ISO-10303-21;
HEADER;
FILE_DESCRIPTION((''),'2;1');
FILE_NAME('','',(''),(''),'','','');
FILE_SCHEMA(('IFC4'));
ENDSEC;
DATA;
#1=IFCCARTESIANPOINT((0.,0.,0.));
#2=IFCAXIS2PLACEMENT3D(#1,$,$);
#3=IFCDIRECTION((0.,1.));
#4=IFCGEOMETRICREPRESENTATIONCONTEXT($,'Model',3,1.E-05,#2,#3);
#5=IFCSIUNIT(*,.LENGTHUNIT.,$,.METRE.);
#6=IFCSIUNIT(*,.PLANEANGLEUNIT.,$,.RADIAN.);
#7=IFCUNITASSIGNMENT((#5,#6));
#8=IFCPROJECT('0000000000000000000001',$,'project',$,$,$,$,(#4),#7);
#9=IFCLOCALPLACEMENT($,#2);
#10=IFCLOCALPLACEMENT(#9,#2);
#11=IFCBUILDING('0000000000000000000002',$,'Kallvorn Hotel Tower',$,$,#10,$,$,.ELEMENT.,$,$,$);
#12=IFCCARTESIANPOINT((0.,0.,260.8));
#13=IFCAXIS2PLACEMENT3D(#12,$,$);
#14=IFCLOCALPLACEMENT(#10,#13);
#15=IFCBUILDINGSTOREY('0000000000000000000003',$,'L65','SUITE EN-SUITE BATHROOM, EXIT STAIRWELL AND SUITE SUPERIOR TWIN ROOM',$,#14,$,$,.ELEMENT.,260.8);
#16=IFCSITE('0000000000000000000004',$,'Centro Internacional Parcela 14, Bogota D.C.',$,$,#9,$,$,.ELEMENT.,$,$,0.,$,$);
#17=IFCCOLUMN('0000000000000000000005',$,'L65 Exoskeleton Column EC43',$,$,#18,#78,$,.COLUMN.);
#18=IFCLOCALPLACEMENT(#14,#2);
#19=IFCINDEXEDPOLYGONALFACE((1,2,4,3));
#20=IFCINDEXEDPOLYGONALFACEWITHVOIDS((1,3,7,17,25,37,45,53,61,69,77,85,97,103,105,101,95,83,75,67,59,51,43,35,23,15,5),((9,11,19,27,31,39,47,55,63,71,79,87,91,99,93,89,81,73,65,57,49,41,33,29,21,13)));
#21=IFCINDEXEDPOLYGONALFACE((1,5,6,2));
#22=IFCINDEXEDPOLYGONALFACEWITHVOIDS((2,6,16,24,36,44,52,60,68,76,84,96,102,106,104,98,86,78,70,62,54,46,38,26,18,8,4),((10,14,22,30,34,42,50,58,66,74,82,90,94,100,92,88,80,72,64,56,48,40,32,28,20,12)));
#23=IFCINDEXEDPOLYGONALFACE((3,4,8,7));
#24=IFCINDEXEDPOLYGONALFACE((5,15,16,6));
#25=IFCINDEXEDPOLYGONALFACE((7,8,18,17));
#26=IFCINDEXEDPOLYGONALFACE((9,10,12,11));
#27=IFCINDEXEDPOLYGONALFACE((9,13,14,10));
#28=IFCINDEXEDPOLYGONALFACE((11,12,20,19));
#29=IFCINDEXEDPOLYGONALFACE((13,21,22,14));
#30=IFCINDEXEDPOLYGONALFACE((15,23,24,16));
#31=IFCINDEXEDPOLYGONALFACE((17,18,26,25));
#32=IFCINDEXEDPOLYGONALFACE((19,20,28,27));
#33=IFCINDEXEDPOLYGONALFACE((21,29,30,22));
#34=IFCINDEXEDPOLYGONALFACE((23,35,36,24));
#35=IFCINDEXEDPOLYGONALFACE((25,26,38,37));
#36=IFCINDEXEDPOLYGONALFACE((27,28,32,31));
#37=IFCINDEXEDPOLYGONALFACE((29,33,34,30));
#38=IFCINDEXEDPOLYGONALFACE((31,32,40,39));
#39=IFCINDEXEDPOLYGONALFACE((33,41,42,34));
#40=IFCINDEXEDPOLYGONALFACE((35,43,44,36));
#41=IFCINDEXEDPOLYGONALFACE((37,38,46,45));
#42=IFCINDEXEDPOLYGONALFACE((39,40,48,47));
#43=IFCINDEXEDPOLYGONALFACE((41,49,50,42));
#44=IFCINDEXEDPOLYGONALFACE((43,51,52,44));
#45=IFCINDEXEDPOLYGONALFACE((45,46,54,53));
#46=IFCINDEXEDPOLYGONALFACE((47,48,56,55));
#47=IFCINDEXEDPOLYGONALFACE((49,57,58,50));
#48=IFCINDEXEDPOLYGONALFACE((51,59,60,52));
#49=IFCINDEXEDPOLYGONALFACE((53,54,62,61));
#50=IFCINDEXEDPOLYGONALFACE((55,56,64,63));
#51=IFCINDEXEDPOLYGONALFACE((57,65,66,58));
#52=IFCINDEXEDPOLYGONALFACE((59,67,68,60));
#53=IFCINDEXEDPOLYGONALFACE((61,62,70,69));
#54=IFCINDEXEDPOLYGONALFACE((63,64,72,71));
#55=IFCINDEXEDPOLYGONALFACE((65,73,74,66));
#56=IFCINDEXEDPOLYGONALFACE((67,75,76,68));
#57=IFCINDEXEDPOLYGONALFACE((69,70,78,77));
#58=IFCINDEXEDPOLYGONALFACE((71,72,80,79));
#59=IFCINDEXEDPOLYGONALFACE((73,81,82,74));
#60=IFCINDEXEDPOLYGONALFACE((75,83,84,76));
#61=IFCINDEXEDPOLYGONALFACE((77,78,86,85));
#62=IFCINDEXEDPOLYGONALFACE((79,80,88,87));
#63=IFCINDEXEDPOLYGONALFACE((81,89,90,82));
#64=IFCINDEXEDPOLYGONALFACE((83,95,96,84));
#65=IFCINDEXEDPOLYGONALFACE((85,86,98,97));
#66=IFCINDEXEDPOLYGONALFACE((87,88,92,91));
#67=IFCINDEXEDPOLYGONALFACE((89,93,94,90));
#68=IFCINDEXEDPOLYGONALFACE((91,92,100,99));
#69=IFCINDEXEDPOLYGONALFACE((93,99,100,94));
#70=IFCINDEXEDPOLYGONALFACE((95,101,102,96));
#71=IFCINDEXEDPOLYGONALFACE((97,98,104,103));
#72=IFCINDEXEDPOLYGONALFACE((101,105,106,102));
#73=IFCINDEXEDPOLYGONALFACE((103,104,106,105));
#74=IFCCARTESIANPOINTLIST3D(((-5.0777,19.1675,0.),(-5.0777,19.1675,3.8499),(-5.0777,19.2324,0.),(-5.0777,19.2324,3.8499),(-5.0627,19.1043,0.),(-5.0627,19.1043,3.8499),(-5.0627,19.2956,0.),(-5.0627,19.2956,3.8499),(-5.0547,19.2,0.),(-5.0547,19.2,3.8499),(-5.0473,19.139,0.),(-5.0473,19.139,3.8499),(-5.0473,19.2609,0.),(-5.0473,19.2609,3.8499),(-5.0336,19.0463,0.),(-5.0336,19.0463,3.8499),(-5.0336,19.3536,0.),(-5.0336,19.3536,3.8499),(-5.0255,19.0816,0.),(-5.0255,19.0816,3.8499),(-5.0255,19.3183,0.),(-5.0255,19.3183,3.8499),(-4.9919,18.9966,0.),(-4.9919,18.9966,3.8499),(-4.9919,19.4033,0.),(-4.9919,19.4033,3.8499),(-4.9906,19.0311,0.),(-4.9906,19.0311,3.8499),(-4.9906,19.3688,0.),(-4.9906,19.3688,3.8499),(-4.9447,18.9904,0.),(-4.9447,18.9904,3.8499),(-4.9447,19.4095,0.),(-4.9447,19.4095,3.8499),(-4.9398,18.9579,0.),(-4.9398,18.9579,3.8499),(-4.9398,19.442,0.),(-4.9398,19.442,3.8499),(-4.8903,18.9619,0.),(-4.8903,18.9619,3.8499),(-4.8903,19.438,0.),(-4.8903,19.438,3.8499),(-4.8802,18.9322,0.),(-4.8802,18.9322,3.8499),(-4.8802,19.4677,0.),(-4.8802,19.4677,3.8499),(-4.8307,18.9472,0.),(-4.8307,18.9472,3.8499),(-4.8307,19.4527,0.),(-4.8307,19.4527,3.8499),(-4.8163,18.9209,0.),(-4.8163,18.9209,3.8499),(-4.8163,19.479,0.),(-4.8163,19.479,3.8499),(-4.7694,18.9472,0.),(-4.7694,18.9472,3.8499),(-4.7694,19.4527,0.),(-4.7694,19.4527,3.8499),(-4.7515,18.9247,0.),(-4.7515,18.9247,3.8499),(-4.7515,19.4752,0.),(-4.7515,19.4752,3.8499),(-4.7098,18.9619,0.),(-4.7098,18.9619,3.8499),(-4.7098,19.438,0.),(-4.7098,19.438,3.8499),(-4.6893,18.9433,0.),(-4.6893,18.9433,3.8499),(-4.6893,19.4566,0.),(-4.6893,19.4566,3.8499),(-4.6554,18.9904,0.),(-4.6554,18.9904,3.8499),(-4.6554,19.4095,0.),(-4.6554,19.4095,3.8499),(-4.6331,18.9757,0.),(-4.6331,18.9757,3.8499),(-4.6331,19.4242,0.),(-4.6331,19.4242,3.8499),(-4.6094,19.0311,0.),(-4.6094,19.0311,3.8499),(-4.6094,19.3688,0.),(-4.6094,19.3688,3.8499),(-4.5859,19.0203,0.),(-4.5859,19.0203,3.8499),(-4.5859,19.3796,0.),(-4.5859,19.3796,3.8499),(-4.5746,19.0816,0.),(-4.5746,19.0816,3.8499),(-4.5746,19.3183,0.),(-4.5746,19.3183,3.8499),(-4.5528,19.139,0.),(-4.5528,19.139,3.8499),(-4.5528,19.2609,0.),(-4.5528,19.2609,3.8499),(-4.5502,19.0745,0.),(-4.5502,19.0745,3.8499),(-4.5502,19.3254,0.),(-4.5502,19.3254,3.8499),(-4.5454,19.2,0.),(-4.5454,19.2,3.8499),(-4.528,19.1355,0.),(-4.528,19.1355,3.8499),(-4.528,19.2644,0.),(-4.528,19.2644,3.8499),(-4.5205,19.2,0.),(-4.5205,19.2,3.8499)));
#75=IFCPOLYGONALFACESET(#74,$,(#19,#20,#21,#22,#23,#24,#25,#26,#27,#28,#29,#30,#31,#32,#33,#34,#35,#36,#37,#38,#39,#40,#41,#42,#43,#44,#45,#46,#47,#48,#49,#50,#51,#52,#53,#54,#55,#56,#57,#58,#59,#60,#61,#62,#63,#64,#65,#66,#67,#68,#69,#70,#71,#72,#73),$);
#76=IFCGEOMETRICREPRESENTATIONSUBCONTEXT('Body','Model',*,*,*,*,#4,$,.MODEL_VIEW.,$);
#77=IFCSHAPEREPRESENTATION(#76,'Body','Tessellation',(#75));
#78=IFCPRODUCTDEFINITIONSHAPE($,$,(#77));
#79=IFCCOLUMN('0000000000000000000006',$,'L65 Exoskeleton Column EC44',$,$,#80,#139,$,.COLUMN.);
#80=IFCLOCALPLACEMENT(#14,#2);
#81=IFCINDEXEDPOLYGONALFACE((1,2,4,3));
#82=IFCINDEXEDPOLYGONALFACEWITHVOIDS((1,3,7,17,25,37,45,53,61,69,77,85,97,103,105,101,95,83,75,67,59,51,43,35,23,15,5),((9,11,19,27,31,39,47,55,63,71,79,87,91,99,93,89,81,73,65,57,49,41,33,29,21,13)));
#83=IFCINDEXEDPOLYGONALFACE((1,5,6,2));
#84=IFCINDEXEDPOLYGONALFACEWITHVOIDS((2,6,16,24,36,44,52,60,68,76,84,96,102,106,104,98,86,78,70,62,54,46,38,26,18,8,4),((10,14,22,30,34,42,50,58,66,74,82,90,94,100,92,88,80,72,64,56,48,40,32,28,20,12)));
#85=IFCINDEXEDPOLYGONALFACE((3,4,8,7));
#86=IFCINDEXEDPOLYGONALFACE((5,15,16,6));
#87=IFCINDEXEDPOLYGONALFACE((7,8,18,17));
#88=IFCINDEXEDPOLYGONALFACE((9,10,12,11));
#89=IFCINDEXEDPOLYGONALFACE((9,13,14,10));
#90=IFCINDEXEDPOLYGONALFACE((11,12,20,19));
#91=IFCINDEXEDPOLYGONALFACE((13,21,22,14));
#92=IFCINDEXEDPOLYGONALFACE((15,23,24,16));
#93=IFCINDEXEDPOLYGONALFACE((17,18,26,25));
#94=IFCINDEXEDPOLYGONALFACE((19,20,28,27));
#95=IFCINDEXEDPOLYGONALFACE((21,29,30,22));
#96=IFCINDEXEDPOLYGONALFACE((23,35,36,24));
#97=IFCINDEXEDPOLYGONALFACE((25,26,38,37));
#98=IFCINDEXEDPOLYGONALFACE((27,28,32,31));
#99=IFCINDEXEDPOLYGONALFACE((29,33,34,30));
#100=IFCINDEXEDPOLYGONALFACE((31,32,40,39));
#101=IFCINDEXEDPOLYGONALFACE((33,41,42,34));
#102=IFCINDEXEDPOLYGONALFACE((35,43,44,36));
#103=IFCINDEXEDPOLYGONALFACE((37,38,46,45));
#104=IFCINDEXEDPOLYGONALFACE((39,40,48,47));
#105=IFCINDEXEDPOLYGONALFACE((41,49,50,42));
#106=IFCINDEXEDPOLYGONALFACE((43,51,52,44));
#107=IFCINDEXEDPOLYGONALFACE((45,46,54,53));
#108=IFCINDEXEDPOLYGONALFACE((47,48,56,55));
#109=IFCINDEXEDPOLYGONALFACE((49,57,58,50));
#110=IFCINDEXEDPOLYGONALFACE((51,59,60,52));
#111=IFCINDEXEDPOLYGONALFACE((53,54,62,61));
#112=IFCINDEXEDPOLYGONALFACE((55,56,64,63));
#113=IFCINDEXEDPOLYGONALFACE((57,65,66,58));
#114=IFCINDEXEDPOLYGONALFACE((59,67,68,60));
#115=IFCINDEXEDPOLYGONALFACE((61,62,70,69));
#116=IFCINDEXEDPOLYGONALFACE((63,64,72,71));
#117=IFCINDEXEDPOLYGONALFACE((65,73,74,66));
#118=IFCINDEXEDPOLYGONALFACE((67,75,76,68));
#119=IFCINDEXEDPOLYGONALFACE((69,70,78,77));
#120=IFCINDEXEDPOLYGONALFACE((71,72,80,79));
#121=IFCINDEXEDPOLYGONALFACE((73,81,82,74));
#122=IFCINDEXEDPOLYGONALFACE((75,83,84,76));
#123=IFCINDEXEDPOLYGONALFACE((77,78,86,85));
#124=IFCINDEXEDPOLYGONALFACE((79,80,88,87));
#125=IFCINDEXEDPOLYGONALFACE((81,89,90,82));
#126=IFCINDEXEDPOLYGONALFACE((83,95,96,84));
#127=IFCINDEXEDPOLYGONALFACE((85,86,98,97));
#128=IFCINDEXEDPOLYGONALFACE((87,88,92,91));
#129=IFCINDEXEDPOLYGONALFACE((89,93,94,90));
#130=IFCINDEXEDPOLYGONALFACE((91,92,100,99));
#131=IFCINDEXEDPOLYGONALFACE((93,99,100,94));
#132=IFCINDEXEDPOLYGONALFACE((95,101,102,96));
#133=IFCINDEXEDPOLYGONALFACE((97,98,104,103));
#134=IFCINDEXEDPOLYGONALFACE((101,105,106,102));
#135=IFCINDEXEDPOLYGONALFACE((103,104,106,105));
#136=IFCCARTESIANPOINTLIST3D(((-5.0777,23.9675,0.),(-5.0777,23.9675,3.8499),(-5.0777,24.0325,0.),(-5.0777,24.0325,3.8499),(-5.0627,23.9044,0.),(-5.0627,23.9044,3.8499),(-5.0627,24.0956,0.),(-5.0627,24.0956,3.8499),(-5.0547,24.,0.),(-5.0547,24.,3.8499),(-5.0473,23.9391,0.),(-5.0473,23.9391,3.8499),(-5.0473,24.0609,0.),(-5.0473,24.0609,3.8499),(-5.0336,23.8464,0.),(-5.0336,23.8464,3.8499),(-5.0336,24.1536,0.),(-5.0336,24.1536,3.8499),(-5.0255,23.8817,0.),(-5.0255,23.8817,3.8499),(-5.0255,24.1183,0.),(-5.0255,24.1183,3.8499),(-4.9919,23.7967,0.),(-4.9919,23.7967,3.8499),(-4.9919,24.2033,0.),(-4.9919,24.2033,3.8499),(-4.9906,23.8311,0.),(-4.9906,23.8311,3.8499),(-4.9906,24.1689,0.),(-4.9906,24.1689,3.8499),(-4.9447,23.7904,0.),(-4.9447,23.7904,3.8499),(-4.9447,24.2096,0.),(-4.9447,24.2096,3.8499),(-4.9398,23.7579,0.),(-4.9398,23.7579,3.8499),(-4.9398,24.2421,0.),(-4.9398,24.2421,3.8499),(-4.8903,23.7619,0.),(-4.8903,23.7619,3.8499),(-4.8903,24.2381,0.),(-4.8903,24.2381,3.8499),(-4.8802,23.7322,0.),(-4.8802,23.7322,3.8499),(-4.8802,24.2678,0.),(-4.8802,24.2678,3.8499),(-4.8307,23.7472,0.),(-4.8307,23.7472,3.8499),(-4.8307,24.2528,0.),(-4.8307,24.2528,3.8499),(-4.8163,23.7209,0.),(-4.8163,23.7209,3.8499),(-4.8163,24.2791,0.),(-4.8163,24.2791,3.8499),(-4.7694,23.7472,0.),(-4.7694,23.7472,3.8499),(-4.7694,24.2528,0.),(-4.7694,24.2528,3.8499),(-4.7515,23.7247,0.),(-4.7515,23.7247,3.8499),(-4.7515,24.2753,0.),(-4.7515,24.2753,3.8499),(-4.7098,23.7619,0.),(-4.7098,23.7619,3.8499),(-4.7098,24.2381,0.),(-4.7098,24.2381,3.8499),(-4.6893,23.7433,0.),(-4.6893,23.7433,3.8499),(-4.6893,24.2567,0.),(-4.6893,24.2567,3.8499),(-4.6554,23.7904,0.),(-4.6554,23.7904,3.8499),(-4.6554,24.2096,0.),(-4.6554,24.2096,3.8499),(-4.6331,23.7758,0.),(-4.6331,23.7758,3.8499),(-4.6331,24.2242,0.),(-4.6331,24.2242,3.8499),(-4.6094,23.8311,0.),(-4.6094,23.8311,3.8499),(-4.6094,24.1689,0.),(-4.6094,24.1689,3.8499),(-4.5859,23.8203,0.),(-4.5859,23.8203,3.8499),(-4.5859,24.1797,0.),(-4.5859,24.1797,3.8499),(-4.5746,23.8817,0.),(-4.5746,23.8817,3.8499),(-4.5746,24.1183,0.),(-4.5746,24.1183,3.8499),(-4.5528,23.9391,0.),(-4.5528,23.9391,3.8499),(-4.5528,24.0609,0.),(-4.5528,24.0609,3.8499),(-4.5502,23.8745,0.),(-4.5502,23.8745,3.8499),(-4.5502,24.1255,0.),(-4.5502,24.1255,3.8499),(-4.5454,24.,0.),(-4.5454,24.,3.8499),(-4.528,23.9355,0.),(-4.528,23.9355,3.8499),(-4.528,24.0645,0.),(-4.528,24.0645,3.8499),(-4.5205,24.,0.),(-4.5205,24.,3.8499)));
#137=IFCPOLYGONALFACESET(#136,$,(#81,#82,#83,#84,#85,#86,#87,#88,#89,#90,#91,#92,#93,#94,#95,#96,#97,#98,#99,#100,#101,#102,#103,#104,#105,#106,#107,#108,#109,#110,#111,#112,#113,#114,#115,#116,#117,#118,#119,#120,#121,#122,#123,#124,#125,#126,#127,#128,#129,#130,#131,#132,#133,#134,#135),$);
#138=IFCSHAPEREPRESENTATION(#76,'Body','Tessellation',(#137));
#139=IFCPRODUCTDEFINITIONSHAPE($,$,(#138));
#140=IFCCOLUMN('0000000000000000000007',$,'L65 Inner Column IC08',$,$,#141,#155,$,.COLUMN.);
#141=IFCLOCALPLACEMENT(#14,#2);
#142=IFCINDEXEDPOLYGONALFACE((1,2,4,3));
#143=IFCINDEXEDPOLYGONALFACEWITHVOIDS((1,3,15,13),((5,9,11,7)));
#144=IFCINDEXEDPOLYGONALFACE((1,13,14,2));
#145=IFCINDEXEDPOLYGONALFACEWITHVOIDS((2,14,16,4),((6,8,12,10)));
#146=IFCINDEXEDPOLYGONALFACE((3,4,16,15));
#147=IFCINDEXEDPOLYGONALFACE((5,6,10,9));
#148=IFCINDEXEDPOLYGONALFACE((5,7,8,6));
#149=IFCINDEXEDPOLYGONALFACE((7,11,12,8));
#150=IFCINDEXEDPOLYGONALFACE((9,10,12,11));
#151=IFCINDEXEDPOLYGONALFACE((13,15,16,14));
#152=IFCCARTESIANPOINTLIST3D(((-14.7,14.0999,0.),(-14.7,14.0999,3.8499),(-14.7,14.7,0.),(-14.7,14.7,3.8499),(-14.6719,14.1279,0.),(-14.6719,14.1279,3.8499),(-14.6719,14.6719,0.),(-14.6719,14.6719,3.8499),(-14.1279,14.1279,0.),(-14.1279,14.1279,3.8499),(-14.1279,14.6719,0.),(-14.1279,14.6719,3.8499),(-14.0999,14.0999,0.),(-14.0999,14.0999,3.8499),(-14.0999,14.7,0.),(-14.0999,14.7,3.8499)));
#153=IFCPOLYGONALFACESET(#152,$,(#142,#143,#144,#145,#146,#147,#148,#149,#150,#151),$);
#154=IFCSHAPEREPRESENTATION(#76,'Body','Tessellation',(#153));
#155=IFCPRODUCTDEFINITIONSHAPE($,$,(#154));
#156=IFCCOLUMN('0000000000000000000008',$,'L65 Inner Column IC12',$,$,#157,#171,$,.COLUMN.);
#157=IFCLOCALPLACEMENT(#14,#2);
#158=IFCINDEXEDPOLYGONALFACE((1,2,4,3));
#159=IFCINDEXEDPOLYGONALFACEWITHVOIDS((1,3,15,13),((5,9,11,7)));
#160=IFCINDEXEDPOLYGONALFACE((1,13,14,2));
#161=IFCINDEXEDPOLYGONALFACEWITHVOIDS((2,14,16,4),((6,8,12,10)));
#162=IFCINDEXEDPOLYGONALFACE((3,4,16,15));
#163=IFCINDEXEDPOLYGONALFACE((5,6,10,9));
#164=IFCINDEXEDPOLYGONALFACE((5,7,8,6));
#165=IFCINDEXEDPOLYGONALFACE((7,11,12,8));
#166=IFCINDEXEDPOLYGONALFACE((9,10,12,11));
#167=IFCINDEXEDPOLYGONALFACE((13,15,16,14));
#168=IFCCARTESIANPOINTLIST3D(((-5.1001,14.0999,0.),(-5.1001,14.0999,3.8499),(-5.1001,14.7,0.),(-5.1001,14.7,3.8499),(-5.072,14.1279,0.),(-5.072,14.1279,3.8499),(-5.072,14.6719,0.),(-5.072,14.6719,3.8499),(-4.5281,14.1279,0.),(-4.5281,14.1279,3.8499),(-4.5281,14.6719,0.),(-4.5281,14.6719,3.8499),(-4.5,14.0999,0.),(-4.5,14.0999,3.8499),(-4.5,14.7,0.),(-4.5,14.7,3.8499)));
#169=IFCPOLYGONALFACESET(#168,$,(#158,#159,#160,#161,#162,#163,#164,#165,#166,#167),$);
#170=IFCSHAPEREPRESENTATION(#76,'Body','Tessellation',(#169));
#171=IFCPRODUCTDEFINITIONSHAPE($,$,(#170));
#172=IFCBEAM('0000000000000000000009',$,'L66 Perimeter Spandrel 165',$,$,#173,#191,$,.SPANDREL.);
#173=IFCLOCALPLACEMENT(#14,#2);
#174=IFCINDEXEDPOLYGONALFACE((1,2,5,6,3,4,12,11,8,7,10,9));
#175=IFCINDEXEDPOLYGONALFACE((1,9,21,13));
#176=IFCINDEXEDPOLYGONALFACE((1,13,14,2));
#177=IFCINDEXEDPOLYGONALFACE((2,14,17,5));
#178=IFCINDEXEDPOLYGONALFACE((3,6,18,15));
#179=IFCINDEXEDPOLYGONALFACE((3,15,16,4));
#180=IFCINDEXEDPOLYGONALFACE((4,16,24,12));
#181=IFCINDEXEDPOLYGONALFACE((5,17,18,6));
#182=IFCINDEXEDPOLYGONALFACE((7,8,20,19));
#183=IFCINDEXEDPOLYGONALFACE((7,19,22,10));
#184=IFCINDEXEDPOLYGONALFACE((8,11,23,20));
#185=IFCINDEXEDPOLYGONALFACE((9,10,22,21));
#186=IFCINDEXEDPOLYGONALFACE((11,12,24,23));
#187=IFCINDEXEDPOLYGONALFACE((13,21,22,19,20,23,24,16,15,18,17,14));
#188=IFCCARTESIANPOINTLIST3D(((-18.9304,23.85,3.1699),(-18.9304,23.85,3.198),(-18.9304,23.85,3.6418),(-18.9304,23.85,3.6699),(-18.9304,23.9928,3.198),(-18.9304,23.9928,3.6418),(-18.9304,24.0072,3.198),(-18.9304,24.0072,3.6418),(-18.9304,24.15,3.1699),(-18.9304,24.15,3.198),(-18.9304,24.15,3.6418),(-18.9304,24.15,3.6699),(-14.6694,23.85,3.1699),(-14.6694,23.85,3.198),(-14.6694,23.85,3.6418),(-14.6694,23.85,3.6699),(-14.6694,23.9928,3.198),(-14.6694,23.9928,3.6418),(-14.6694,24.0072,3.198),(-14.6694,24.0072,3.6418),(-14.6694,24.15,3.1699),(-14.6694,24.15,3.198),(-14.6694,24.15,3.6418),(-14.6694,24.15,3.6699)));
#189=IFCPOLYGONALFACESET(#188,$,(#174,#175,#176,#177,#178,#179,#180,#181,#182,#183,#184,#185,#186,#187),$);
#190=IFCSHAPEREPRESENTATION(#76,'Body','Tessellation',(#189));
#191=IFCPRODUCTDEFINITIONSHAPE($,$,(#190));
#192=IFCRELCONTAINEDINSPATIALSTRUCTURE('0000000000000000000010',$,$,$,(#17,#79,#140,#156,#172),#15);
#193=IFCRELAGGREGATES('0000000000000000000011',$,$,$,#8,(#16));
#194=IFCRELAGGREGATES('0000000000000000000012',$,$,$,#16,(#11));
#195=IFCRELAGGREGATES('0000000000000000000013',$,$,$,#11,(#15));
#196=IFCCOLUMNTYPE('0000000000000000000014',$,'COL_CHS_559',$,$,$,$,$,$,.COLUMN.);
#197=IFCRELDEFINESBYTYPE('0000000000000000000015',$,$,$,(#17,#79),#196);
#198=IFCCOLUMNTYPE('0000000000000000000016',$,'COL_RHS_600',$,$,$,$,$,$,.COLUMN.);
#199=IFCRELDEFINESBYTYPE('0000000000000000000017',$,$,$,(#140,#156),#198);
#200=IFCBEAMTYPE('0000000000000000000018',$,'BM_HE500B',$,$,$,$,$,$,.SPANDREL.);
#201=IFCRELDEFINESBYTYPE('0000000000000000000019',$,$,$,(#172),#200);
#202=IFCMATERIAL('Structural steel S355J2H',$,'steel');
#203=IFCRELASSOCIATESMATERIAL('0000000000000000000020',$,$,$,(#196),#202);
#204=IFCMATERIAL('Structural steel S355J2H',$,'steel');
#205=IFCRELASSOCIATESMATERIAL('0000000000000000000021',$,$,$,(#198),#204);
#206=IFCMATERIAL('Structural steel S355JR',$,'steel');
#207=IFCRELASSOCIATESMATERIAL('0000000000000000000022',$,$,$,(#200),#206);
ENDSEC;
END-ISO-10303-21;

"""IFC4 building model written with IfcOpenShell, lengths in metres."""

from ifc_helpers import new_model, si_unit, direction, frame, origin, origin_2d, place, context, subcontext, project, spatial, hollow_rectangle, hollow_circle, i_section, extrude, material, material_profile, profile_set, type_object, element, save


model = new_model("IFC4")

# Units and contexts
model_context = context("Model", 3, precision=1e-05, world=origin(), true_north=direction((0.0, 1.0)))
body_context = subcontext(model_context, "Body", "Model", "MODEL_VIEW")
ifc_project = project(units=[si_unit("LENGTHUNIT", "METRE"), si_unit("PLANEANGLEUNIT", "RADIAN")], contexts=[model_context])

# Site, building, storey
site_placement = place(None, origin())
site = spatial("IfcSite", under=ifc_project, at=site_placement, Name="Centro Internacional Parcela 14, Bogota D.C.", CompositionType="ELEMENT", RefElevation=0.0)
building_placement = place(site_placement, origin())
building = spatial("IfcBuilding", under=site, at=building_placement, Name="Kallvorn Hotel Tower", CompositionType="ELEMENT")
storey_placement = place(building_placement, frame((0.0, 0.0, 260.8)))
storey = spatial("IfcBuildingStorey", under=building, at=storey_placement, Name="L65", Description="SUITE EN-SUITE BATHROOM, EXIT STAIRWELL AND SUITE SUPERIOR TWIN ROOM", CompositionType="ELEMENT", Elevation=260.8)

# Columns
ifc_material_1 = material(Name="Structural steel S355J2H", Category="steel")
ifc_material_profile_1 = material_profile(ifc_material_1, hollow_circle(Radius=0.2795, WallThickness=0.0249, at=origin_2d()), Name="CHS 559x25")
ifc_profile_set_1 = profile_set([ifc_material_profile_1], Name="Structural steel S355J2H")
column_type_1 = type_object("IfcColumnType", Name="COL_CHS_559", PredefinedType="COLUMN", material=ifc_profile_set_1)
for number, where, z_axis, x_axis, name in (
    (1, (-4.8, 19.2, 0.0), (0.0, 0.0, 1.0), (1.0, 0.0, 0.0), "L65 Exoskeleton Column EC43"),
    (2, (-4.8, 24.0, 0.0), (0.0, 0.0, 1.0), (1.0, 0.0, 0.0), "L65 Exoskeleton Column EC44"),
):
    element("IfcColumn", number, at=place(storey_placement, frame(where, z_axis=z_axis, x_axis=x_axis)), inside=storey, type_object=column_type_1, Name=name, PredefinedType="COLUMN", context=body_context, shape_type="SweptSolid", body=[
        extrude(hollow_circle(Radius=0.2795, WallThickness=0.0249, at=origin_2d()), origin(), (0.0, 0.0, 1.0), 3.8499),
    ])
ifc_material_2 = material(Name="Structural steel S355J2H", Category="steel")
ifc_material_profile_2 = material_profile(ifc_material_2, hollow_rectangle(XDim=0.6001, YDim=0.6001, WallThickness=0.0281, at=origin_2d()), Name="RHS 600x600x28")
ifc_profile_set_2 = profile_set([ifc_material_profile_2], Name="Structural steel S355J2H")
column_type_2 = type_object("IfcColumnType", Name="COL_RHS_600", PredefinedType="COLUMN", material=ifc_profile_set_2)
for number, where, z_axis, x_axis, name in (
    (3, (-14.3999, 14.3999, 0.0), (0.0, 0.0, 1.0), (1.0, 0.0, 0.0), "L65 Inner Column IC08"),
    (4, (-4.8, 14.3999, 0.0), (0.0, 0.0, 1.0), (1.0, 0.0, 0.0), "L65 Inner Column IC12"),
):
    element("IfcColumn", number, at=place(storey_placement, frame(where, z_axis=z_axis, x_axis=x_axis)), inside=storey, type_object=column_type_2, Name=name, PredefinedType="COLUMN", context=body_context, shape_type="SweptSolid", body=[
        extrude(hollow_rectangle(XDim=0.6001, YDim=0.6001, WallThickness=0.0281, at=origin_2d()), origin(), (0.0, 0.0, 1.0), 3.8499),
    ])

# Beam
ifc_material_3 = material(Name="Structural steel S355JR", Category="steel")
ifc_material_profile_3 = material_profile(ifc_material_3, i_section(OverallWidth=0.3, OverallDepth=0.5, WebThickness=0.0144, FlangeThickness=0.0281, at=origin_2d()), Name="HE 500 B")
ifc_profile_set_3 = profile_set([ifc_material_profile_3], Name="Structural steel S355JR")
beam_type_1 = type_object("IfcBeamType", Name="BM_HE500B", PredefinedType="SPANDREL", material=ifc_profile_set_3)
beam_1_placement = place(storey_placement, frame((-18.9304, 24.0, 3.4199), z_axis=(1.0, 0.0, 0.0), x_axis=(0.0, 1.0, 0.0)))
element("IfcBeam", 5, at=beam_1_placement, inside=storey, type_object=beam_type_1, Name="L66 Perimeter Spandrel 165", PredefinedType="SPANDREL", context=body_context, shape_type="SweptSolid", body=[
    extrude(i_section(OverallWidth=0.3, OverallDepth=0.5, WebThickness=0.0144, FlangeThickness=0.0281, at=origin_2d()), origin(), (0.0, 0.0, 1.0), 4.261),
])

save(model, "model.ifc")
